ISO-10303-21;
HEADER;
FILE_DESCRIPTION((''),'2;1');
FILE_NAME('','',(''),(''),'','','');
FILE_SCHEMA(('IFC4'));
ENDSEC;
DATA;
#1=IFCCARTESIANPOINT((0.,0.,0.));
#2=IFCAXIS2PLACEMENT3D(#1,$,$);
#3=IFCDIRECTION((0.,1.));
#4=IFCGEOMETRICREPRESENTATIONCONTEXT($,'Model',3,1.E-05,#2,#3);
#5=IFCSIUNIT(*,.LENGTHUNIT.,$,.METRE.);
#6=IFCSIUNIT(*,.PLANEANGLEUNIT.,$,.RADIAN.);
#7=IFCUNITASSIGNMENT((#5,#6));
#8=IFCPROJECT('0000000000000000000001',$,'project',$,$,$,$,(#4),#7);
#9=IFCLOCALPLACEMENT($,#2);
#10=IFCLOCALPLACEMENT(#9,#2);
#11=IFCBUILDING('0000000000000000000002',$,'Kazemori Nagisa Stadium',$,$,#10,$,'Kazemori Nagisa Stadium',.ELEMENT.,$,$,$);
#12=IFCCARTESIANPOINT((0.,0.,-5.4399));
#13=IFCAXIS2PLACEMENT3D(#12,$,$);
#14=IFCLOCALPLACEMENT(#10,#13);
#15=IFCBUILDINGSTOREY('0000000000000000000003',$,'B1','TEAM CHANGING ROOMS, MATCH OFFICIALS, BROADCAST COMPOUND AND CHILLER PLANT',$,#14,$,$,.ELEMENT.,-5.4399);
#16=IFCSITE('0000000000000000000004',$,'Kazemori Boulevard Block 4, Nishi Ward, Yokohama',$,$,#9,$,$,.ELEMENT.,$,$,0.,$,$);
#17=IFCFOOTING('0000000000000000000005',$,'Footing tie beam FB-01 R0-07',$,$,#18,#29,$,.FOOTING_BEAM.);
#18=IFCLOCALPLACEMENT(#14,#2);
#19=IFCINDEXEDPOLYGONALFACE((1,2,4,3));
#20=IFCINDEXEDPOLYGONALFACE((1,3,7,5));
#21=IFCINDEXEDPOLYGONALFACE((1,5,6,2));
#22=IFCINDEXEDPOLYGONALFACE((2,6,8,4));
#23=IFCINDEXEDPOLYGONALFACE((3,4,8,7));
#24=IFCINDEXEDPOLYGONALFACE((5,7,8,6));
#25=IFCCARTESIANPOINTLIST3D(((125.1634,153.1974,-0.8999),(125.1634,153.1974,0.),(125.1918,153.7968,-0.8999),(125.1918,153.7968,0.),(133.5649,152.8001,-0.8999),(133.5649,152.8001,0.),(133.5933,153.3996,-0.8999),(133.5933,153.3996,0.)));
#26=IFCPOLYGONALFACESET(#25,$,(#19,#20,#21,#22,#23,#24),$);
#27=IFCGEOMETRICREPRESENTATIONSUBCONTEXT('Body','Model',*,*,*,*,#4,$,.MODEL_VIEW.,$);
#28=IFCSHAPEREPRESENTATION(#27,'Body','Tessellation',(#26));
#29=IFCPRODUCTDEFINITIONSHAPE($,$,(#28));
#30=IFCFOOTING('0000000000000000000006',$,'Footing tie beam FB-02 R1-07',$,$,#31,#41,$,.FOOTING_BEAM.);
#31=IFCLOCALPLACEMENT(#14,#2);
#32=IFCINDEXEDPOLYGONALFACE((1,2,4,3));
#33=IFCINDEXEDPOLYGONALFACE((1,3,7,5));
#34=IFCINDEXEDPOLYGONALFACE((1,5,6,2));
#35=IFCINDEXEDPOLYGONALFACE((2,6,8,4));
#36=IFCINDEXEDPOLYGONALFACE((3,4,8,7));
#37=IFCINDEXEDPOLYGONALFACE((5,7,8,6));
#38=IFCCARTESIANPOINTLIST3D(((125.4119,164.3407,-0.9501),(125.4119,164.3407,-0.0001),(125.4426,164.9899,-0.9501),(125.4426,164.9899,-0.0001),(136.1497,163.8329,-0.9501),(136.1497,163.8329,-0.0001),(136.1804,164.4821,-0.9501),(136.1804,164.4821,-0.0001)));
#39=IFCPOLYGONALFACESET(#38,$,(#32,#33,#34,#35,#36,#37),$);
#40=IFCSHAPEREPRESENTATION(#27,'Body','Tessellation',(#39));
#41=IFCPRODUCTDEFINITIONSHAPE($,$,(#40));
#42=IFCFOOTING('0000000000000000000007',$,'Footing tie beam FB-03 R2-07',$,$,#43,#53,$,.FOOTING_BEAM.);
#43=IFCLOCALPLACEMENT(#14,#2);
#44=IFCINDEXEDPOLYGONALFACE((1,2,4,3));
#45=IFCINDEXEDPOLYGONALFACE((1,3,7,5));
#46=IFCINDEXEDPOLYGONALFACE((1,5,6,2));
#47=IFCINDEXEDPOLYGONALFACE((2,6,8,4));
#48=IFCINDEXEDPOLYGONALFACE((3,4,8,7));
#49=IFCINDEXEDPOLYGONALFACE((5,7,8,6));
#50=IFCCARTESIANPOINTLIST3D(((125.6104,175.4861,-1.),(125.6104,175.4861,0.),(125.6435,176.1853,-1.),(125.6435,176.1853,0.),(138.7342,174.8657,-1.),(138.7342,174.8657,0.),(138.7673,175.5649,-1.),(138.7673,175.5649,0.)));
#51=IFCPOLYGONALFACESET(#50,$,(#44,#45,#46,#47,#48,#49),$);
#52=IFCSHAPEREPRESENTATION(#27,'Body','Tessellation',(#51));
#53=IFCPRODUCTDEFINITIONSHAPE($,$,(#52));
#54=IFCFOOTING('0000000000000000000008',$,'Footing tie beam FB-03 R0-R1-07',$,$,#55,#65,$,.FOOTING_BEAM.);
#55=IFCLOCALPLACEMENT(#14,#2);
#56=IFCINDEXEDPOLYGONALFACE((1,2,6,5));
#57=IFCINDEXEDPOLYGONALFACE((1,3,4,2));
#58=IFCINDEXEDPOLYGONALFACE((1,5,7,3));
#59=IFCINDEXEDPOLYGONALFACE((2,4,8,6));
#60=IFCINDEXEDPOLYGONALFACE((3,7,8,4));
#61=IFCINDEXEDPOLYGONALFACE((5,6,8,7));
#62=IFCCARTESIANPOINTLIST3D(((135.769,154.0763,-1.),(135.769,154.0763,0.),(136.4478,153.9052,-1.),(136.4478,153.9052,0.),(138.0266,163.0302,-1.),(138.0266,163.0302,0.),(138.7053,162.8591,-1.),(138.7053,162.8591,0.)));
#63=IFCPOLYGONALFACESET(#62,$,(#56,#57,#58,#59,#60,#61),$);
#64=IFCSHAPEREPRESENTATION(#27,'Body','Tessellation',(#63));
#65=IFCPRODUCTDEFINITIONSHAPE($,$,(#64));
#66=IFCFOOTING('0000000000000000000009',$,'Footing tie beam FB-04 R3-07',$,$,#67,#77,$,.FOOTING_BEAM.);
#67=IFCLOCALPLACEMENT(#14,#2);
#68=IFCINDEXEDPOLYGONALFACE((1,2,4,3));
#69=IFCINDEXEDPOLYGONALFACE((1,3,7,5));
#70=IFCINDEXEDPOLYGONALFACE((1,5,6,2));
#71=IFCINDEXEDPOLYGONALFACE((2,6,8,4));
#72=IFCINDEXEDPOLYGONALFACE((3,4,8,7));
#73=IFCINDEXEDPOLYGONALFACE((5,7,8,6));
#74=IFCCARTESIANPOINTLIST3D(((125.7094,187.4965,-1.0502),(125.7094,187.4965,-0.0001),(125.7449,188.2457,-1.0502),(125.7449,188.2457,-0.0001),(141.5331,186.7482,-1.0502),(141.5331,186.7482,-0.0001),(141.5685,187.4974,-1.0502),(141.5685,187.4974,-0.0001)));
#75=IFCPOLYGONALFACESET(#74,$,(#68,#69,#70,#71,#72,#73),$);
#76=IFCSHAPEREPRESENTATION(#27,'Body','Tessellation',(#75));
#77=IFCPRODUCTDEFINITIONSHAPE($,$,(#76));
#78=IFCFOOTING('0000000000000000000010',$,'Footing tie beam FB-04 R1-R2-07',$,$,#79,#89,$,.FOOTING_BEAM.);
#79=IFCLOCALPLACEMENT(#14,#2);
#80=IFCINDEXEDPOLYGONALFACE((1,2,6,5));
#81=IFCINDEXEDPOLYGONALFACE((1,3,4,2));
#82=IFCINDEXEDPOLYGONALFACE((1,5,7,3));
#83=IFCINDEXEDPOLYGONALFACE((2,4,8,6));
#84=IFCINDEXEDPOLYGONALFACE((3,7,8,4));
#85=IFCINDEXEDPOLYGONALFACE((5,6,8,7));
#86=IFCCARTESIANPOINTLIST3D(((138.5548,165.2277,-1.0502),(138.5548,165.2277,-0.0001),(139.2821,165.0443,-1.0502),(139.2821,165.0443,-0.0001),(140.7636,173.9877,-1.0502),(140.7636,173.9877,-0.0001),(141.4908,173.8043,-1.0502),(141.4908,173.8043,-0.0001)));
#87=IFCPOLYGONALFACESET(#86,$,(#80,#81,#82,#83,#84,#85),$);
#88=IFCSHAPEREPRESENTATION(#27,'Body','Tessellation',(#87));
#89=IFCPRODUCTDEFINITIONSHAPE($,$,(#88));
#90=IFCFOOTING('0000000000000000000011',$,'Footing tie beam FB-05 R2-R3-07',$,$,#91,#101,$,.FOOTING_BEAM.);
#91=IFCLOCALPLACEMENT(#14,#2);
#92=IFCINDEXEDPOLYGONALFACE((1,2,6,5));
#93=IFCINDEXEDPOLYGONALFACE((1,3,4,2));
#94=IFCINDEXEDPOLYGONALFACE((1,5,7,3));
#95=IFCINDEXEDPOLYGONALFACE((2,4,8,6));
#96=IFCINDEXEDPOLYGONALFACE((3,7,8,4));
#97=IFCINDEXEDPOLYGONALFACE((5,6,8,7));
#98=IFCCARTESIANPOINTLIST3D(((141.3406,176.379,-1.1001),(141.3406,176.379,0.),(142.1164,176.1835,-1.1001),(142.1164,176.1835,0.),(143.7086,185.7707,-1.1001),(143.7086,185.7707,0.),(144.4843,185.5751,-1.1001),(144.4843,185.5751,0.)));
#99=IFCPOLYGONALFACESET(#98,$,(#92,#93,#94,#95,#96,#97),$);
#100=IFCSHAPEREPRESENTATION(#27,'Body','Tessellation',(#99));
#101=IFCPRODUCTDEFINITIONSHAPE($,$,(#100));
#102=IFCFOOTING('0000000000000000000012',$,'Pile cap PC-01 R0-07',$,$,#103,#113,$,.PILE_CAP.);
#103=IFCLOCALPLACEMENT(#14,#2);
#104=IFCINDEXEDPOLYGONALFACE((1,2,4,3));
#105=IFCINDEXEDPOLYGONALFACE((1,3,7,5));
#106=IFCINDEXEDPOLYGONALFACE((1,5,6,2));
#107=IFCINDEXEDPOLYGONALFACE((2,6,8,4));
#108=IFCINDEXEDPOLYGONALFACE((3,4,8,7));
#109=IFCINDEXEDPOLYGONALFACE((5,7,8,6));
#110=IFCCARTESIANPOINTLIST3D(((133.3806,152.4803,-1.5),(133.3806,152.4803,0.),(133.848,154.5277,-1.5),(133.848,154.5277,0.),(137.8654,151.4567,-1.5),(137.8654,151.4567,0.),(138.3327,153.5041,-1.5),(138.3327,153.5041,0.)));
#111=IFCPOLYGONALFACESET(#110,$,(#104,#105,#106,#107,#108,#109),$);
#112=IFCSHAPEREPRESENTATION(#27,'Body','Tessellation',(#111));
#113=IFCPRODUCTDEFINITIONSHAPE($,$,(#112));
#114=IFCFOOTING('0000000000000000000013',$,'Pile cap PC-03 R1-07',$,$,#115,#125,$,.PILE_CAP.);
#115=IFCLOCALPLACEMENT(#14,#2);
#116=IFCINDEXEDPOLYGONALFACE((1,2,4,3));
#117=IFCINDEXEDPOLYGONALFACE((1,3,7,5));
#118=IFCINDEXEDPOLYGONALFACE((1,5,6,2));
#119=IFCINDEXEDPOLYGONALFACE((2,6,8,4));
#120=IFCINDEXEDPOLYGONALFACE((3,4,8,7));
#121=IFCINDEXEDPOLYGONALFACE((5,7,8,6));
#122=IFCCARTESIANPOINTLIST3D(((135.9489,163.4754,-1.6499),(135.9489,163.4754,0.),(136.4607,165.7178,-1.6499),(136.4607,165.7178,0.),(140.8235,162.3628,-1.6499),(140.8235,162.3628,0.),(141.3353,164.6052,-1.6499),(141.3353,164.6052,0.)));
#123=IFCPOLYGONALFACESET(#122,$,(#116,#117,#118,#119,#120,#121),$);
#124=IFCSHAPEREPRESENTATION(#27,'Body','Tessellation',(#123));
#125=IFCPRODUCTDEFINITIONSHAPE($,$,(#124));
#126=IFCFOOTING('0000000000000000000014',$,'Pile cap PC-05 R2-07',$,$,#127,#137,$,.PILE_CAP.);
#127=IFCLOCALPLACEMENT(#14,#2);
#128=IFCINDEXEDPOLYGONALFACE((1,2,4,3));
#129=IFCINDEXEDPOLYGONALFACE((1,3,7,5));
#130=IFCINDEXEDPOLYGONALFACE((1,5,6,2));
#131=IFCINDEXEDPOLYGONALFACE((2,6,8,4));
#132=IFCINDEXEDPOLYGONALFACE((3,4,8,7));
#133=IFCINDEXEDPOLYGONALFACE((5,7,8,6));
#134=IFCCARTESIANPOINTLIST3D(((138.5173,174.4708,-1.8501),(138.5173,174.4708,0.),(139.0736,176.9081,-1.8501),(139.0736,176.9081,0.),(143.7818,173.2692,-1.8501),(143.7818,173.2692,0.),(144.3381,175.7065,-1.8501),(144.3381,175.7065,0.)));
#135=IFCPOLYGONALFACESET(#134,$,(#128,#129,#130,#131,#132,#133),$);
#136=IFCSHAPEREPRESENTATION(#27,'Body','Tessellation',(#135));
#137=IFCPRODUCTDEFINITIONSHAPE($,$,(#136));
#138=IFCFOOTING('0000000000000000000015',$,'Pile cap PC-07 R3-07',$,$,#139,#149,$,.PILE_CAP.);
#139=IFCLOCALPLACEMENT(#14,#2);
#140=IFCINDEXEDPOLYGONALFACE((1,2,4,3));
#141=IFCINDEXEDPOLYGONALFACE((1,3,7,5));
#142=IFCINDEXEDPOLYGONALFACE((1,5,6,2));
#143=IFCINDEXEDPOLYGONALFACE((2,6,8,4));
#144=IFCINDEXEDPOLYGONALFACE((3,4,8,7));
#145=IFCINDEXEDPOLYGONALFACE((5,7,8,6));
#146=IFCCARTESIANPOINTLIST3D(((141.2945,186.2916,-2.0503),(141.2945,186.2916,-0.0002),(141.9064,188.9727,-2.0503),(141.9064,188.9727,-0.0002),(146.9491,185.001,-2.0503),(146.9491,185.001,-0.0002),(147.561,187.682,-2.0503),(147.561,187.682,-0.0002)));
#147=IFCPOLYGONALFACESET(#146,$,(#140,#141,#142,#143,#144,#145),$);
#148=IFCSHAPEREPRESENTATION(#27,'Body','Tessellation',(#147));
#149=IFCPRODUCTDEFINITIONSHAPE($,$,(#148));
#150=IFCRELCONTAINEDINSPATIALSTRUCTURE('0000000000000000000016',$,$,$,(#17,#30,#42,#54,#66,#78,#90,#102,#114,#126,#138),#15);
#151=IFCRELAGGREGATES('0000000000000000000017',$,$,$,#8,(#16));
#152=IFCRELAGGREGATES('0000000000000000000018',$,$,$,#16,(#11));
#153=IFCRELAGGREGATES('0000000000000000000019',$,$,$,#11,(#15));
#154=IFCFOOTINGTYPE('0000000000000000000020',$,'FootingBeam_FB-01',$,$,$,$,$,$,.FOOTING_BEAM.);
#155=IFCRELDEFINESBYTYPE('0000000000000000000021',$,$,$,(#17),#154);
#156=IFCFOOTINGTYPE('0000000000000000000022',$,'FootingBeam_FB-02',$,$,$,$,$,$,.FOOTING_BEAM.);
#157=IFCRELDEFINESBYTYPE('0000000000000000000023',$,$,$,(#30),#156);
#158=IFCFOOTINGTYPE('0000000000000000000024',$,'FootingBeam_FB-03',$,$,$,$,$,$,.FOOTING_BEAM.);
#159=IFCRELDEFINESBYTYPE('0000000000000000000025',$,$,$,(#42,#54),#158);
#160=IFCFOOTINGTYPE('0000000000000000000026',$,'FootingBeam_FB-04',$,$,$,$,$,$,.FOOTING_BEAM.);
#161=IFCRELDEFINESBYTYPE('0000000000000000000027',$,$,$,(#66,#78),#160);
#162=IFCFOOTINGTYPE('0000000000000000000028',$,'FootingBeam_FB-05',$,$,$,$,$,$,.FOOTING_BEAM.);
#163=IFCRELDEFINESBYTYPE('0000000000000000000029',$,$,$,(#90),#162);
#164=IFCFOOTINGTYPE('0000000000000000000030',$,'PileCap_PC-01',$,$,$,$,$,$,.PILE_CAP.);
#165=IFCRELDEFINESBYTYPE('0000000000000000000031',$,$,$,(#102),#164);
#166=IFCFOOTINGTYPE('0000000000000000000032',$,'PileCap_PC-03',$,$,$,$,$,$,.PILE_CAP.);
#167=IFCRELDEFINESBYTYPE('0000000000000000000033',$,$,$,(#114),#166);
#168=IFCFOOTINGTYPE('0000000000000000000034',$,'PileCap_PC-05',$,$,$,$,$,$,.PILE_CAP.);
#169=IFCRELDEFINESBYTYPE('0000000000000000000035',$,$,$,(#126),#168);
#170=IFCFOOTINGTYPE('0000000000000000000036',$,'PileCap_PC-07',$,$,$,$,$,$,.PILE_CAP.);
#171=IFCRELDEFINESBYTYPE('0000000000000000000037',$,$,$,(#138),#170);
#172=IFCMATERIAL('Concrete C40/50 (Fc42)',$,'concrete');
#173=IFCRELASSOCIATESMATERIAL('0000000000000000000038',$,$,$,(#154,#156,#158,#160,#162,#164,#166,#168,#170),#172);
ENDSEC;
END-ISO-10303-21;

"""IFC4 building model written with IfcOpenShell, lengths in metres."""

from ifc_helpers import new_model, si_unit, direction, frame, origin, origin_2d, place, context, subcontext, project, spatial, rectangle, extrude, material, material_profile, profile_set, type_object, element, save


model = new_model("IFC4")

# Units and contexts
model_context = context("Model", 3, precision=1e-05, world=origin(), true_north=direction((0.0, 1.0)))
body_context = subcontext(model_context, "Body", "Model", "MODEL_VIEW")
ifc_project = project(units=[si_unit("LENGTHUNIT", "METRE"), si_unit("PLANEANGLEUNIT", "RADIAN")], contexts=[model_context])

# Site, building, storey
site_placement = place(None, origin())
site = spatial("IfcSite", under=ifc_project, at=site_placement, Name="Kazemori Boulevard Block 4, Nishi Ward, Yokohama", CompositionType="ELEMENT", RefElevation=0.0)
building_placement = place(site_placement, origin())
building = spatial("IfcBuilding", under=site, at=building_placement, Name="Kazemori Nagisa Stadium", LongName="Kazemori Nagisa Stadium", CompositionType="ELEMENT")
storey_placement = place(building_placement, frame((0.0, 0.0, -5.4399)))
storey = spatial("IfcBuildingStorey", under=building, at=storey_placement, Name="B1", Description="TEAM CHANGING ROOMS, MATCH OFFICIALS, BROADCAST COMPOUND AND CHILLER PLANT", CompositionType="ELEMENT", Elevation=-5.4399)

# Footings
ifc_material_1 = material(Name="Concrete C40/50 (Fc42)", Category="concrete")
ifc_material_profile_1 = material_profile(ifc_material_1, rectangle(XDim=0.6001, YDim=0.8999, at=origin_2d()), Name="RC-FB-600x900")
ifc_profile_set_1 = profile_set([ifc_material_profile_1], Name="Concrete C40/50 (Fc42)")
footing_type_1 = type_object("IfcFootingType", Name="FootingBeam_FB-01", PredefinedType="FOOTING_BEAM", material=ifc_profile_set_1)
footing_1_placement = place(storey_placement, frame((133.5791, 153.0999, -0.45), z_axis=(-0.998884, 0.047226, 0.0), x_axis=(-0.047226, -0.998884, 0.0)))
element("IfcFooting", 1, at=footing_1_placement, inside=storey, type_object=footing_type_1, Name="Footing tie beam FB-01 R0-07", PredefinedType="FOOTING_BEAM", context=body_context, shape_type="SweptSolid", body=[
    extrude(rectangle(XDim=0.6001, YDim=0.8999, at=origin_2d()), origin(), (0.0, 0.0, 1.0), 8.4109),
])
ifc_material_profile_2 = material_profile(ifc_material_1, rectangle(XDim=0.6499, YDim=0.95, at=origin_2d()), Name="RC-FB-650x950")
ifc_profile_set_2 = profile_set([ifc_material_profile_2], Name="Concrete C40/50 (Fc42)")
footing_type_2 = type_object("IfcFootingType", Name="FootingBeam_FB-02", PredefinedType="FOOTING_BEAM", material=ifc_profile_set_2)
footing_2_placement = place(storey_placement, frame((136.165, 164.1575, -0.4751), z_axis=(-0.998884, 0.047239, 0.0), x_axis=(-0.047239, -0.998884, 0.0)))
element("IfcFooting", 2, at=footing_2_placement, inside=storey, type_object=footing_type_2, Name="Footing tie beam FB-02 R1-07", PredefinedType="FOOTING_BEAM", context=body_context, shape_type="SweptSolid", body=[
    extrude(rectangle(XDim=0.6499, YDim=0.95, at=origin_2d()), origin(), (0.0, 0.0, 1.0), 10.7498),
])
ifc_material_profile_3 = material_profile(ifc_material_1, rectangle(XDim=0.7, YDim=1.0, at=origin_2d()), Name="RC-FB-700x1000")
ifc_profile_set_3 = profile_set([ifc_material_profile_3], Name="Concrete C40/50 (Fc42)")
footing_type_3 = type_object("IfcFootingType", Name="FootingBeam_FB-03", PredefinedType="FOOTING_BEAM", material=ifc_profile_set_3)
footing_3_placement = place(storey_placement, frame((138.7507, 175.2153, -0.5), z_axis=(-0.998885, 0.047217, 0.0), x_axis=(-0.047217, -0.998885, 0.0)))
element("IfcFooting", 3, at=footing_3_placement, inside=storey, type_object=footing_type_3, Name="Footing tie beam FB-03 R2-07", PredefinedType="FOOTING_BEAM", context=body_context, shape_type="SweptSolid", body=[
    extrude(rectangle(XDim=0.7, YDim=1.0, at=origin_2d()), origin(), (0.0, 0.0, 1.0), 13.1384),
])
footing_4_placement = place(storey_placement, frame((136.1084, 153.9907, -0.5), z_axis=(0.244482, 0.969654, 0.0), x_axis=(-0.969654, 0.244482, 0.0)))
element("IfcFooting", 4, at=footing_4_placement, inside=storey, type_object=footing_type_3, Name="Footing tie beam FB-03 R0-R1-07", PredefinedType="FOOTING_BEAM", context=body_context, shape_type="SweptSolid", body=[
    extrude(rectangle(XDim=0.7, YDim=1.0, at=origin_2d()), origin(), (0.0, 0.0, 1.0), 9.2341),
])
ifc_material_profile_4 = material_profile(ifc_material_1, rectangle(XDim=0.75, YDim=1.05, at=origin_2d()), Name="RC-FB-750x1050")
ifc_profile_set_4 = profile_set([ifc_material_profile_4], Name="Concrete C40/50 (Fc42)")
footing_type_4 = type_object("IfcFootingType", Name="FootingBeam_FB-04", PredefinedType="FOOTING_BEAM", material=ifc_profile_set_4)
footing_5_placement = place(storey_placement, frame((141.5508, 187.1228, -0.5251), z_axis=(-0.998884, 0.047236, 0.0), x_axis=(-0.047236, -0.998884, 0.0)))
element("IfcFooting", 5, at=footing_5_placement, inside=storey, type_object=footing_type_4, Name="Footing tie beam FB-04 R3-07", PredefinedType="FOOTING_BEAM", context=body_context, shape_type="SweptSolid", body=[
    extrude(rectangle(XDim=0.75, YDim=1.05, at=origin_2d()), origin(), (0.0, 0.0, 1.0), 15.8413),
])
footing_6_placement = place(storey_placement, frame((138.9185, 165.136, -0.5251), z_axis=(0.244487, 0.969653, 0.0), x_axis=(-0.969653, 0.244487, 0.0)))
element("IfcFooting", 6, at=footing_6_placement, inside=storey, type_object=footing_type_4, Name="Footing tie beam FB-04 R1-R2-07", PredefinedType="FOOTING_BEAM", context=body_context, shape_type="SweptSolid", body=[
    extrude(rectangle(XDim=0.75, YDim=1.05, at=origin_2d()), origin(), (0.0, 0.0, 1.0), 9.0342),
])
ifc_material_profile_5 = material_profile(ifc_material_1, rectangle(XDim=0.8, YDim=1.1001, at=origin_2d()), Name="RC-FB-800x1100")
ifc_profile_set_5 = profile_set([ifc_material_profile_5], Name="Concrete C40/50 (Fc42)")
footing_type_5 = type_object("IfcFootingType", Name="FootingBeam_FB-05", PredefinedType="FOOTING_BEAM", material=ifc_profile_set_5)
footing_7_placement = place(storey_placement, frame((141.7285, 176.2812, -0.55), z_axis=(0.244481, 0.969654, 0.0), x_axis=(-0.969654, 0.244481, 0.0)))
element("IfcFooting", 7, at=footing_7_placement, inside=storey, type_object=footing_type_5, Name="Footing tie beam FB-05 R2-R3-07", PredefinedType="FOOTING_BEAM", context=body_context, shape_type="SweptSolid", body=[
    extrude(rectangle(XDim=0.8, YDim=1.1001, at=origin_2d()), origin(), (0.0, 0.0, 1.0), 9.6855),
])
footing_type_6 = type_object("IfcFootingType", Name="PileCap_PC-01", PredefinedType="PILE_CAP", material=ifc_material_1)
footing_8_placement = place(storey_placement, frame((135.8567, 152.9922, -1.5), z_axis=(0.0, 0.0, 1.0), x_axis=(-0.974928, 0.222521, 0.0)))
element("IfcFooting", 8, at=footing_8_placement, inside=storey, type_object=footing_type_6, Name="Pile cap PC-01 R0-07", PredefinedType="PILE_CAP", context=body_context, shape_type="SweptSolid", body=[
    extrude(rectangle(XDim=4.6001, YDim=2.1001, at=origin_2d()), origin(), (0.0, 0.0, 1.0), 1.5),
])
footing_type_7 = type_object("IfcFootingType", Name="PileCap_PC-03", PredefinedType="PILE_CAP", material=ifc_material_1)
footing_9_placement = place(storey_placement, frame((138.6421, 164.0403, -1.6499), z_axis=(0.0, 0.0, 1.0), x_axis=(-0.974928, 0.222521, 0.0)))
element("IfcFooting", 9, at=footing_9_placement, inside=storey, type_object=footing_type_7, Name="Pile cap PC-03 R1-07", PredefinedType="PILE_CAP", context=body_context, shape_type="SweptSolid", body=[
    extrude(rectangle(XDim=5.0, YDim=2.3, at=origin_2d()), origin(), (0.0, 0.0, 1.0), 1.6499),
])
footing_type_8 = type_object("IfcFootingType", Name="PileCap_PC-05", PredefinedType="PILE_CAP", material=ifc_material_1)
footing_10_placement = place(storey_placement, frame((141.4277, 175.0886, -1.8501), z_axis=(0.0, 0.0, 1.0), x_axis=(-0.974928, 0.222521, 0.0)))
element("IfcFooting", 10, at=footing_10_placement, inside=storey, type_object=footing_type_8, Name="Pile cap PC-05 R2-07", PredefinedType="PILE_CAP", context=body_context, shape_type="SweptSolid", body=[
    extrude(rectangle(XDim=5.3999, YDim=2.5, at=origin_2d()), origin(), (0.0, 0.0, 1.0), 1.8501),
])
footing_type_9 = type_object("IfcFootingType", Name="PileCap_PC-07", PredefinedType="PILE_CAP", material=ifc_material_1)
footing_11_placement = place(storey_placement, frame((144.4277, 186.9868, -2.0503), z_axis=(0.0, 0.0, 1.0), x_axis=(-0.974928, 0.222521, 0.0)))
element("IfcFooting", 11, at=footing_11_placement, inside=storey, type_object=footing_type_9, Name="Pile cap PC-07 R3-07", PredefinedType="PILE_CAP", context=body_context, shape_type="SweptSolid", body=[
    extrude(rectangle(XDim=5.8, YDim=2.75, at=origin_2d()), origin(), (0.0, 0.0, 1.0), 2.05),
])

save(model, "model.ifc")
